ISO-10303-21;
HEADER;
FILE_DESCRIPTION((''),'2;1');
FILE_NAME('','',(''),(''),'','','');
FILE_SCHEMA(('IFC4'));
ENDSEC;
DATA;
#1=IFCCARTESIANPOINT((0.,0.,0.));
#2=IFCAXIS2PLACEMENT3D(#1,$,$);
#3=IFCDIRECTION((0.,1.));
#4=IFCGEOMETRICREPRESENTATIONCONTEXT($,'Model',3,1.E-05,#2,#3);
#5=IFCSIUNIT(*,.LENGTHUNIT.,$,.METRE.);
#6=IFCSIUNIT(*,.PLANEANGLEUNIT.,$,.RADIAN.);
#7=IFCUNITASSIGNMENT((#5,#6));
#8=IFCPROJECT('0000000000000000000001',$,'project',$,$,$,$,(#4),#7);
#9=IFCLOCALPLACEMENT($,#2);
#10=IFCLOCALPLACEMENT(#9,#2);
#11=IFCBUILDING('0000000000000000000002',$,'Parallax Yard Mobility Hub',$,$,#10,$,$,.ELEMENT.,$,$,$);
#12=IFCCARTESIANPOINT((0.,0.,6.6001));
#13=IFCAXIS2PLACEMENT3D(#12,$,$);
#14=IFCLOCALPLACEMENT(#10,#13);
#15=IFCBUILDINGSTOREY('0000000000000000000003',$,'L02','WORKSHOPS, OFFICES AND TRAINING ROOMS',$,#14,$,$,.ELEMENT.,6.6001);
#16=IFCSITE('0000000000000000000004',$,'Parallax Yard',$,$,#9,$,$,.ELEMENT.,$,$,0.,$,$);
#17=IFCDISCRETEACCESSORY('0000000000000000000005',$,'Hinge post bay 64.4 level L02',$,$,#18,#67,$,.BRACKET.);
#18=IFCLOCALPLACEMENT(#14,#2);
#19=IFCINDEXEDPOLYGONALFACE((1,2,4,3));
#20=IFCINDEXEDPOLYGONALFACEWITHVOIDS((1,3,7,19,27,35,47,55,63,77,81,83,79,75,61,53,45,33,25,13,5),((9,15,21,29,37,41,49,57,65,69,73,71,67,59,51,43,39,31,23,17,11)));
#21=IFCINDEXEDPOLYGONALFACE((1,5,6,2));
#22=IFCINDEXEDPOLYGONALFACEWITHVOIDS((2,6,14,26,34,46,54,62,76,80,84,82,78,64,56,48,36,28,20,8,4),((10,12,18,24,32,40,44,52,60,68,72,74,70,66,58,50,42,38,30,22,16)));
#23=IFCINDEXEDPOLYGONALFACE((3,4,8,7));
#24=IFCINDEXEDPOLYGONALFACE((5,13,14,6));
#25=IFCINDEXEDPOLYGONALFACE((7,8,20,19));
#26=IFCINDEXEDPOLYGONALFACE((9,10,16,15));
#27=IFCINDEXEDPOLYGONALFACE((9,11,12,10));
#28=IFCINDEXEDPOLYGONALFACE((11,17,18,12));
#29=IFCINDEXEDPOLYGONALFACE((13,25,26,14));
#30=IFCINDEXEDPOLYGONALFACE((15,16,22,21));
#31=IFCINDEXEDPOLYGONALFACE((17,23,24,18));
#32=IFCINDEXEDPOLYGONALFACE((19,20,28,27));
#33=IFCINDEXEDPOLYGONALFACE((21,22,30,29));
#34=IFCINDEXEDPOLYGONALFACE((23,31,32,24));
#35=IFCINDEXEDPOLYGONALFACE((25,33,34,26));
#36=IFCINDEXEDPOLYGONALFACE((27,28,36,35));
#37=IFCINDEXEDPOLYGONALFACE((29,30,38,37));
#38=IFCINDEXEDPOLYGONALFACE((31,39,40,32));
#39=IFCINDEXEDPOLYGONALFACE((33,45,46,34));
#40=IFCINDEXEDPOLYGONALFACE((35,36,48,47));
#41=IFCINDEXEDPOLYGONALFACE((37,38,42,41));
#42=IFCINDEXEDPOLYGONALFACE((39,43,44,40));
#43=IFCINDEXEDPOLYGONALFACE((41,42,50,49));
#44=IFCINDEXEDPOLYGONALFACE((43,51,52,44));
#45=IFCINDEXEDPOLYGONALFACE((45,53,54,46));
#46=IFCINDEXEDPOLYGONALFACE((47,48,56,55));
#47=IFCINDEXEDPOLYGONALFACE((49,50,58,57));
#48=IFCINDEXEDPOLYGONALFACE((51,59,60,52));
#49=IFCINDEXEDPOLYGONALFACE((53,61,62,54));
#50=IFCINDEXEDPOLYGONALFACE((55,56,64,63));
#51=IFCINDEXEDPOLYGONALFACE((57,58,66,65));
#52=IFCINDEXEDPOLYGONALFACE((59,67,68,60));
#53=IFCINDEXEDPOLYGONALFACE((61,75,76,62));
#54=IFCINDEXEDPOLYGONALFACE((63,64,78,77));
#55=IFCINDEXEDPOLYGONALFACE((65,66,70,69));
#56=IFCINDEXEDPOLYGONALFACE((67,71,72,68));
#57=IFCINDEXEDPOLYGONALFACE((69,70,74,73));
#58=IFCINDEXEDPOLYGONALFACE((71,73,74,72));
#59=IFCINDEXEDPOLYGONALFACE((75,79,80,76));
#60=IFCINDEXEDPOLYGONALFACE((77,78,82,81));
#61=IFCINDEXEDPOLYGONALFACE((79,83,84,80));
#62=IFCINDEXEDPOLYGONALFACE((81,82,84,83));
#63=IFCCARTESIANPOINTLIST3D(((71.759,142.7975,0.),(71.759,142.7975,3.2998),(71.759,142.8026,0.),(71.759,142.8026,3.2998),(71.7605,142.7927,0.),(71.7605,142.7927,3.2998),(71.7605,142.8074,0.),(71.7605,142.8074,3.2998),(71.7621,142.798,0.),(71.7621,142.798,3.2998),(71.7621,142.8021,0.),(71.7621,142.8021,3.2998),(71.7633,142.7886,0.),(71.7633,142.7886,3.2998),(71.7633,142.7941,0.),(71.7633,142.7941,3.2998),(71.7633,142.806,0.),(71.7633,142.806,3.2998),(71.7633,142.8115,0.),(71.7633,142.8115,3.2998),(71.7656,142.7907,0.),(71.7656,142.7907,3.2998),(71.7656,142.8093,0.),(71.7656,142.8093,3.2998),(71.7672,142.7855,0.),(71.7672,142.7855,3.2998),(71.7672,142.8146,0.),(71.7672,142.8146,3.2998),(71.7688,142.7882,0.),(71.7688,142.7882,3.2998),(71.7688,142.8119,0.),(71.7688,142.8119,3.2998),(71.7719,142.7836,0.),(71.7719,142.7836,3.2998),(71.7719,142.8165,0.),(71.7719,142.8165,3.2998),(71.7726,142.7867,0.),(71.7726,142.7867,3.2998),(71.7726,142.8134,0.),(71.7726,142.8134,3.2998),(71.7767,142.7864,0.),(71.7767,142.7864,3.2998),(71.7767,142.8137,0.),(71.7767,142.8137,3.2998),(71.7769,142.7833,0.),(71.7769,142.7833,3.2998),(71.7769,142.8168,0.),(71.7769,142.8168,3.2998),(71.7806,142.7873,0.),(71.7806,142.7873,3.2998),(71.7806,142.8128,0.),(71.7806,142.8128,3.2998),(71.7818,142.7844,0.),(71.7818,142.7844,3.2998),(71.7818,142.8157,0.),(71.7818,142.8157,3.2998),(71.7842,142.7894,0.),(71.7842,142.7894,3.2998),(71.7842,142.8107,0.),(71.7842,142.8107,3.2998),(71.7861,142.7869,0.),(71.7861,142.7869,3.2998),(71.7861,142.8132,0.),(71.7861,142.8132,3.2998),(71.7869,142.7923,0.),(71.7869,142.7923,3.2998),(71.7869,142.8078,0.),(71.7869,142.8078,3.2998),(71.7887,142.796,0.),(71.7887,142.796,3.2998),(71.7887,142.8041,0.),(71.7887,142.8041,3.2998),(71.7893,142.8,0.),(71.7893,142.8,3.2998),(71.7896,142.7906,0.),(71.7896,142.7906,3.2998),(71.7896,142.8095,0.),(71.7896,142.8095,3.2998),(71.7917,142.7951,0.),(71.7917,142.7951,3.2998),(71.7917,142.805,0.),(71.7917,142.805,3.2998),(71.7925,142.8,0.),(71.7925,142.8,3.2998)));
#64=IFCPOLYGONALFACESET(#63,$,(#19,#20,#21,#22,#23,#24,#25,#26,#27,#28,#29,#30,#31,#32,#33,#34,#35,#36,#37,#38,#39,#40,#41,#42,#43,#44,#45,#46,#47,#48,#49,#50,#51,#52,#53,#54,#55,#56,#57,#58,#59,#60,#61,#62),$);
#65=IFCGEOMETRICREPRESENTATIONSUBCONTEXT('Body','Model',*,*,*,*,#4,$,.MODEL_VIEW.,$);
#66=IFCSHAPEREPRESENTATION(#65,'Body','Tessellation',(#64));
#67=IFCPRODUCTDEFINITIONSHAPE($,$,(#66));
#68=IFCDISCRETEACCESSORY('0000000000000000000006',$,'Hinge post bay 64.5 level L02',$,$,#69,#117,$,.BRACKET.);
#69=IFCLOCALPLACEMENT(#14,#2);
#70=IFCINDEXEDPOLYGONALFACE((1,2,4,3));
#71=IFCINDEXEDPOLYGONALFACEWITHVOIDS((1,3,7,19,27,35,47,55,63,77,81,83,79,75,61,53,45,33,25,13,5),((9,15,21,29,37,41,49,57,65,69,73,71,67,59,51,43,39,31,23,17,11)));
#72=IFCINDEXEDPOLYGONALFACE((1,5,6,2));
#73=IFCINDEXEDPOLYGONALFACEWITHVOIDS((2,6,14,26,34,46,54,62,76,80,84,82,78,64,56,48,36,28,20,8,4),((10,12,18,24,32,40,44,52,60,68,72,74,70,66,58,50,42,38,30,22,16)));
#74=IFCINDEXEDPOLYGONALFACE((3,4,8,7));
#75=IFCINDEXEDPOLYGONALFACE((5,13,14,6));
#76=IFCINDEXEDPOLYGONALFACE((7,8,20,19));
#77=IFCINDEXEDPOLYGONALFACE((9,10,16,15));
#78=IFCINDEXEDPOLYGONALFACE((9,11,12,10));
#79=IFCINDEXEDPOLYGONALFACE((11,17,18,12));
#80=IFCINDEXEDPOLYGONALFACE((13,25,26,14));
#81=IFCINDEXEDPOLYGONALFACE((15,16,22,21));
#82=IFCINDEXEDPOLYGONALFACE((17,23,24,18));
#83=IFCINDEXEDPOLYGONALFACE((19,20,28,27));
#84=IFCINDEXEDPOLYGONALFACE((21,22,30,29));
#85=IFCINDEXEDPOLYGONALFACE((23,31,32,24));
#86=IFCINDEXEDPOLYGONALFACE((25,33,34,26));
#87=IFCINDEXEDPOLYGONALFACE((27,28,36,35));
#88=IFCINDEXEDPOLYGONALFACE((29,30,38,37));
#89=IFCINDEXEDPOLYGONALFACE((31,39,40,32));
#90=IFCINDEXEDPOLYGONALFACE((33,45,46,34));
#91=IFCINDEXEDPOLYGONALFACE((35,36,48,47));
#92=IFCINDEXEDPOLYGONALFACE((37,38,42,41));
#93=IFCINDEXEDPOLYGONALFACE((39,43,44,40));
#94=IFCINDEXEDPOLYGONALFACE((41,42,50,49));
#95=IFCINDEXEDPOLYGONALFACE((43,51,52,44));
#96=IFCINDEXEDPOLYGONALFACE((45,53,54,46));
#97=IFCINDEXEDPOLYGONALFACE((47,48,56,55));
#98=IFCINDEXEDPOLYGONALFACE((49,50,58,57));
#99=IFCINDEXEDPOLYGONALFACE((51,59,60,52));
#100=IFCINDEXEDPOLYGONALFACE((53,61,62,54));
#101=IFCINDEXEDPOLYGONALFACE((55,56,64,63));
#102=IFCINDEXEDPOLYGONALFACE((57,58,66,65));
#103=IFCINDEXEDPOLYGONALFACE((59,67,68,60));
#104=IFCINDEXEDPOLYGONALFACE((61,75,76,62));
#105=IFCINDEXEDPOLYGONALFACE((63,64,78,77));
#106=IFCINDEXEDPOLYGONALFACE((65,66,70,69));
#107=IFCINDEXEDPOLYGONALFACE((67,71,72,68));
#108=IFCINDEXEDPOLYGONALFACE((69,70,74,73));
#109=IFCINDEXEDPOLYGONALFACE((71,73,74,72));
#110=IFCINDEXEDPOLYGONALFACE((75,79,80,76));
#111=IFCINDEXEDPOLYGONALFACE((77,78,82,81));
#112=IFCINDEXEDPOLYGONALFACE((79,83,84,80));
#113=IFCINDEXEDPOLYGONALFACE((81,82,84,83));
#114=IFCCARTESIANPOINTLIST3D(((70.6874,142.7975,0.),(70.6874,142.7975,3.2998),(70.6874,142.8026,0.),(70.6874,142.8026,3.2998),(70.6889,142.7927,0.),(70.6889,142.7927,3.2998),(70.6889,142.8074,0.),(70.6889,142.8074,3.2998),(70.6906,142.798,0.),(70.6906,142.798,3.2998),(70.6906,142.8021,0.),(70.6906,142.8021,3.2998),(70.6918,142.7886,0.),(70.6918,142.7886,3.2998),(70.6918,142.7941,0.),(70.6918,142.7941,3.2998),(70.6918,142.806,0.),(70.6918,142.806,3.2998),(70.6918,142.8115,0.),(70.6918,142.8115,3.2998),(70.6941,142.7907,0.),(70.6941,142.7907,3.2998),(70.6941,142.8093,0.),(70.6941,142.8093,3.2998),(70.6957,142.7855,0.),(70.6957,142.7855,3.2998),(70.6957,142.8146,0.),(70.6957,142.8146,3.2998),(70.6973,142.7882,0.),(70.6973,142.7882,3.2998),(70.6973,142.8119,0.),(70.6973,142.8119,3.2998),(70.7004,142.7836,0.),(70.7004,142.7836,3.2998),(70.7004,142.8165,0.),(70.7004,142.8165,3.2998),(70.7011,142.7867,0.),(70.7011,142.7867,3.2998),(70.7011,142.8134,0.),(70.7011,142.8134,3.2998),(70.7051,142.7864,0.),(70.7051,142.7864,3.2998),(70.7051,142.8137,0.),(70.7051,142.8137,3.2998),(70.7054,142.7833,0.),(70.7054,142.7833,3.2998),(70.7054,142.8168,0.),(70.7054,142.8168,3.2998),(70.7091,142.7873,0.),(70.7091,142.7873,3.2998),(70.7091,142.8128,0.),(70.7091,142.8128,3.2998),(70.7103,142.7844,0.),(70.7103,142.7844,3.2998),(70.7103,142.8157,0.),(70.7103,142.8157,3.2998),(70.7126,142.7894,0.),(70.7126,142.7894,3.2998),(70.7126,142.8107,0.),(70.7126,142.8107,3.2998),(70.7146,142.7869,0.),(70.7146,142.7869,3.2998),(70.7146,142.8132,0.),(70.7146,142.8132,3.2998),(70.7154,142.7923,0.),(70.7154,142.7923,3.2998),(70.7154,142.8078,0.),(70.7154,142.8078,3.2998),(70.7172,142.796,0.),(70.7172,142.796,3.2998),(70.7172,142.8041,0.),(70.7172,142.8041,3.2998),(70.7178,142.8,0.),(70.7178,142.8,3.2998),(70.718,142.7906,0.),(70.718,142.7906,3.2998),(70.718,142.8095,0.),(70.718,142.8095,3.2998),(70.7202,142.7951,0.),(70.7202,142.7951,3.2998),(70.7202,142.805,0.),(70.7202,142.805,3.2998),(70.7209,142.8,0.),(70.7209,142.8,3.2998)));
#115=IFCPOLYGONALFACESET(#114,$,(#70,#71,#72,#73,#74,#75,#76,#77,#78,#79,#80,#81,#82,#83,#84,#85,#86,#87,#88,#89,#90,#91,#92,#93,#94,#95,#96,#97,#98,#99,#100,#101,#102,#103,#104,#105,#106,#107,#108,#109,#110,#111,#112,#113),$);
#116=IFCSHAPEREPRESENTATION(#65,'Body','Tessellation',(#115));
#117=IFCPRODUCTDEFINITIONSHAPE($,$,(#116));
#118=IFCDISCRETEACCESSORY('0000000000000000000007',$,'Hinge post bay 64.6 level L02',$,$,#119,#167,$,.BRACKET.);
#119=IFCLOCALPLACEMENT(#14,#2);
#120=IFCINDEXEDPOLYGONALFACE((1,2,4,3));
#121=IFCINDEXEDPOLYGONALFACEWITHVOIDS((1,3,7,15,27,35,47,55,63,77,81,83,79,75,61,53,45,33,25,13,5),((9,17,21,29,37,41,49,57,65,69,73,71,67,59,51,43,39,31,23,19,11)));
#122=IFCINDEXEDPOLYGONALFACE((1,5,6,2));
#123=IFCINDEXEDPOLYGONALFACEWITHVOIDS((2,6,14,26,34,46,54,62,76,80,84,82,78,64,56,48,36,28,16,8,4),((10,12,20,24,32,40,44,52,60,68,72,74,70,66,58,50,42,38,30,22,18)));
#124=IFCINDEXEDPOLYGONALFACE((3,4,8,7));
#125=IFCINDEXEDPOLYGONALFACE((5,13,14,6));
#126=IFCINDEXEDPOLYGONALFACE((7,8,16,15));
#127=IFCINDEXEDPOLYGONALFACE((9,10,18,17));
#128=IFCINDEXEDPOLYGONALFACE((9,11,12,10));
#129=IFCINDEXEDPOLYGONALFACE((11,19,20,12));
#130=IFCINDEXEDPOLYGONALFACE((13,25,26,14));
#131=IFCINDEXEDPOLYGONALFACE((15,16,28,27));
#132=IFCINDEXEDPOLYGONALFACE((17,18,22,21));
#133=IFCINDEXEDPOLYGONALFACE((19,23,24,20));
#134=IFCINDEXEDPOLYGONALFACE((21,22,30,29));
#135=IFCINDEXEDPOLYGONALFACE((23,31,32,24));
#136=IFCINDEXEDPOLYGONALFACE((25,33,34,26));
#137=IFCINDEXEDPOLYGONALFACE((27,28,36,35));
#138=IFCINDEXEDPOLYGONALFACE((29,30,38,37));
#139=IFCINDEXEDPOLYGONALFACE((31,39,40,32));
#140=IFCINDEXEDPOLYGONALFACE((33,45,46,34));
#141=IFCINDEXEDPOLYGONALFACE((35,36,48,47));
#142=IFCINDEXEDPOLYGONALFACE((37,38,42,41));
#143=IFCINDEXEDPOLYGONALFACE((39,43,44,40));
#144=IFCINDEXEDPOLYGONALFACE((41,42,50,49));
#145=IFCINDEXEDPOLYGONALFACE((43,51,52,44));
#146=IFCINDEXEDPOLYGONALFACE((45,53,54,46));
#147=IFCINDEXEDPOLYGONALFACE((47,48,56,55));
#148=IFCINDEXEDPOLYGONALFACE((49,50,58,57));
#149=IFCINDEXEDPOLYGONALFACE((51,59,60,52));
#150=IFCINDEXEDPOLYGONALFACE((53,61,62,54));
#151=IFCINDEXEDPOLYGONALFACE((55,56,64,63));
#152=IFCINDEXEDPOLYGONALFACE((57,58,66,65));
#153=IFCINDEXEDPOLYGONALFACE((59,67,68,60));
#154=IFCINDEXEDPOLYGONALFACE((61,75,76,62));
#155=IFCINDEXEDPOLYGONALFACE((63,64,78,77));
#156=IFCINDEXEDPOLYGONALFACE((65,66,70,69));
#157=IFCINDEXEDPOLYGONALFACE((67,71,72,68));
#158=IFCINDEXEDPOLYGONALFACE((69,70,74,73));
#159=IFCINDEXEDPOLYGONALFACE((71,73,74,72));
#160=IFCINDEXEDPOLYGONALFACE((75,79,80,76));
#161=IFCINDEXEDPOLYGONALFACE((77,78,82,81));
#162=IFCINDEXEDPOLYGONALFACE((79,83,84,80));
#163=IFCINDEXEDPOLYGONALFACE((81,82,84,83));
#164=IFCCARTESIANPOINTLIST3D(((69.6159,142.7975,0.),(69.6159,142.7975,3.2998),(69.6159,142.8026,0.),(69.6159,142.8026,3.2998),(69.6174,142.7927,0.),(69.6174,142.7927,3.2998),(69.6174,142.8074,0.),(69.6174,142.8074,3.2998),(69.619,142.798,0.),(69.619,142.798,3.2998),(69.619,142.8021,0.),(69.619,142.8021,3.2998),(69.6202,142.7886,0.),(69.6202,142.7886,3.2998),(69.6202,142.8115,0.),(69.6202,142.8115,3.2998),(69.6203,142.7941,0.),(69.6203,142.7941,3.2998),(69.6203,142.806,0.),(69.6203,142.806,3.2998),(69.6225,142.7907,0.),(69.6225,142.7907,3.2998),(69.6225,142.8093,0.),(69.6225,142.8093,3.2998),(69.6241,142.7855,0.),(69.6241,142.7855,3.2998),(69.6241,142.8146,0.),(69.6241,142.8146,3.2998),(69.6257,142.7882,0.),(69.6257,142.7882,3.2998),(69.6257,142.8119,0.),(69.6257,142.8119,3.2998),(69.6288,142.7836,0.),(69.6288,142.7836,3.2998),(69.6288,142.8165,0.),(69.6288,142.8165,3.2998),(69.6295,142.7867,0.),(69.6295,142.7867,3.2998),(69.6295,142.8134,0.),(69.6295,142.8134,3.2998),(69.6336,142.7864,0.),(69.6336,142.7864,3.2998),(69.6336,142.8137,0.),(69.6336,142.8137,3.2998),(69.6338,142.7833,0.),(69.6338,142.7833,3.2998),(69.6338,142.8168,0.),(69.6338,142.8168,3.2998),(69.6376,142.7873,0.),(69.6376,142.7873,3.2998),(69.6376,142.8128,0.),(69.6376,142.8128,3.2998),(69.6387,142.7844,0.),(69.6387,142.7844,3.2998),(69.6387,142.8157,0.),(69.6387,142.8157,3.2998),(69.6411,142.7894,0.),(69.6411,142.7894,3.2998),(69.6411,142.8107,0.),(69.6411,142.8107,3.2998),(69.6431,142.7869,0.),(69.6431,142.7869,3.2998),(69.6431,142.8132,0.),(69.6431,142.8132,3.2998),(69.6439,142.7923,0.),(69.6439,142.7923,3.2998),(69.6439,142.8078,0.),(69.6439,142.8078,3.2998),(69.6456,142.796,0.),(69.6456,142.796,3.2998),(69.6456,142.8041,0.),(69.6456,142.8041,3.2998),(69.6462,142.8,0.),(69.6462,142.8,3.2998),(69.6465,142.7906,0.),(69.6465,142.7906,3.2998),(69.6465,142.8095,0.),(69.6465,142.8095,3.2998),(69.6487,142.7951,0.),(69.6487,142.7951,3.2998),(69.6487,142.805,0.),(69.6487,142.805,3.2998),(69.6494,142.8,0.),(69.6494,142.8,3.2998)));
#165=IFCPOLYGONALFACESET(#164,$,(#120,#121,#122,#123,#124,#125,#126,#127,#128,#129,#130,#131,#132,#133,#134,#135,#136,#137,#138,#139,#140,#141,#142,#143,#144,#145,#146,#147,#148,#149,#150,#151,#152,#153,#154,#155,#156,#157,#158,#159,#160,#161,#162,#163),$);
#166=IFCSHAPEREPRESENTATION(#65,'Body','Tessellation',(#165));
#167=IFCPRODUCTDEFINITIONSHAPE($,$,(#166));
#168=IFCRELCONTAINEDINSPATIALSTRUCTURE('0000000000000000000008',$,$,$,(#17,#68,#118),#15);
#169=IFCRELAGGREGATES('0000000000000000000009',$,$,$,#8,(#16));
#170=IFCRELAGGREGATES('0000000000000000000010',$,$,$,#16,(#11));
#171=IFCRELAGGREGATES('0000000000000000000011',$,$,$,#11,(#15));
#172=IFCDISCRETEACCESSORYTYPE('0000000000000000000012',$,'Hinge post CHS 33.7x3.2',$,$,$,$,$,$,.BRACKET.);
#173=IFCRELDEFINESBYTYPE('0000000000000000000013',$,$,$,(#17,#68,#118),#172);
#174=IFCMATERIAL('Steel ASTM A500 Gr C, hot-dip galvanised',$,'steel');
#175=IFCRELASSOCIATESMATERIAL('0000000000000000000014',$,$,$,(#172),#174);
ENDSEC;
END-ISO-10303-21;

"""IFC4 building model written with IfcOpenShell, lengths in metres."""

from ifc_helpers import new_model, si_unit, direction, frame, origin, origin_2d, place, context, subcontext, project, spatial, hollow_circle, extrude, material, material_profile, profile_set, type_object, element, save


model = new_model("IFC4")

# Units and contexts
model_context = context("Model", 3, precision=1e-05, world=origin(), true_north=direction((0.0, 1.0)))
body_context = subcontext(model_context, "Body", "Model", "MODEL_VIEW")
ifc_project = project(units=[si_unit("LENGTHUNIT", "METRE"), si_unit("PLANEANGLEUNIT", "RADIAN")], contexts=[model_context])

# Site, building, storey
site_placement = place(None, origin())
site = spatial("IfcSite", under=ifc_project, at=site_placement, Name="Parallax Yard", CompositionType="ELEMENT", RefElevation=0.0)
building_placement = place(site_placement, origin())
building = spatial("IfcBuilding", under=site, at=building_placement, Name="Parallax Yard Mobility Hub", CompositionType="ELEMENT")
storey_placement = place(building_placement, frame((0.0, 0.0, 6.6001)))
storey = spatial("IfcBuildingStorey", under=building, at=storey_placement, Name="L02", Description="WORKSHOPS, OFFICES AND TRAINING ROOMS", CompositionType="ELEMENT", Elevation=6.6001)

# Discrete accessories
ifc_material_1 = material(Name="Steel ASTM A500 Gr C, hot-dip galvanised", Category="steel")
ifc_material_profile = material_profile(ifc_material_1, hollow_circle(Radius=0.0168, WallThickness=0.0032, at=origin_2d()), Name="CHS 33.7x3.2")
ifc_profile_set = profile_set([ifc_material_profile], Name="Steel ASTM A500 Gr C, hot-dip galvanised")
discrete_accessory_type_1 = type_object("IfcDiscreteAccessoryType", Name="Hinge post CHS 33.7x3.2", PredefinedType="BRACKET", material=ifc_profile_set)
for number, where, z_axis, x_axis, name in (
    (1, (71.7756, 142.8, 0.0), (0.0, 0.0, 1.0), (1.0, 0.0, 0.0), "Hinge post bay 64.4 level L02"),
    (2, (70.7041, 142.8, 0.0), (0.0, 0.0, 1.0), (1.0, 0.0, 0.0), "Hinge post bay 64.5 level L02"),
    (3, (69.6326, 142.8, 0.0), (0.0, 0.0, 1.0), (1.0, 0.0, 0.0), "Hinge post bay 64.6 level L02"),
):
    element("IfcDiscreteAccessory", number, at=place(storey_placement, frame(where, z_axis=z_axis, x_axis=x_axis)), inside=storey, type_object=discrete_accessory_type_1, Name=name, PredefinedType="BRACKET", context=body_context, shape_type="SweptSolid", body=[
        extrude(hollow_circle(Radius=0.0168, WallThickness=0.0032, at=origin_2d()), origin(), (0.0, 0.0, 1.0), 3.2998),
    ])

save(model, "model.ifc")
